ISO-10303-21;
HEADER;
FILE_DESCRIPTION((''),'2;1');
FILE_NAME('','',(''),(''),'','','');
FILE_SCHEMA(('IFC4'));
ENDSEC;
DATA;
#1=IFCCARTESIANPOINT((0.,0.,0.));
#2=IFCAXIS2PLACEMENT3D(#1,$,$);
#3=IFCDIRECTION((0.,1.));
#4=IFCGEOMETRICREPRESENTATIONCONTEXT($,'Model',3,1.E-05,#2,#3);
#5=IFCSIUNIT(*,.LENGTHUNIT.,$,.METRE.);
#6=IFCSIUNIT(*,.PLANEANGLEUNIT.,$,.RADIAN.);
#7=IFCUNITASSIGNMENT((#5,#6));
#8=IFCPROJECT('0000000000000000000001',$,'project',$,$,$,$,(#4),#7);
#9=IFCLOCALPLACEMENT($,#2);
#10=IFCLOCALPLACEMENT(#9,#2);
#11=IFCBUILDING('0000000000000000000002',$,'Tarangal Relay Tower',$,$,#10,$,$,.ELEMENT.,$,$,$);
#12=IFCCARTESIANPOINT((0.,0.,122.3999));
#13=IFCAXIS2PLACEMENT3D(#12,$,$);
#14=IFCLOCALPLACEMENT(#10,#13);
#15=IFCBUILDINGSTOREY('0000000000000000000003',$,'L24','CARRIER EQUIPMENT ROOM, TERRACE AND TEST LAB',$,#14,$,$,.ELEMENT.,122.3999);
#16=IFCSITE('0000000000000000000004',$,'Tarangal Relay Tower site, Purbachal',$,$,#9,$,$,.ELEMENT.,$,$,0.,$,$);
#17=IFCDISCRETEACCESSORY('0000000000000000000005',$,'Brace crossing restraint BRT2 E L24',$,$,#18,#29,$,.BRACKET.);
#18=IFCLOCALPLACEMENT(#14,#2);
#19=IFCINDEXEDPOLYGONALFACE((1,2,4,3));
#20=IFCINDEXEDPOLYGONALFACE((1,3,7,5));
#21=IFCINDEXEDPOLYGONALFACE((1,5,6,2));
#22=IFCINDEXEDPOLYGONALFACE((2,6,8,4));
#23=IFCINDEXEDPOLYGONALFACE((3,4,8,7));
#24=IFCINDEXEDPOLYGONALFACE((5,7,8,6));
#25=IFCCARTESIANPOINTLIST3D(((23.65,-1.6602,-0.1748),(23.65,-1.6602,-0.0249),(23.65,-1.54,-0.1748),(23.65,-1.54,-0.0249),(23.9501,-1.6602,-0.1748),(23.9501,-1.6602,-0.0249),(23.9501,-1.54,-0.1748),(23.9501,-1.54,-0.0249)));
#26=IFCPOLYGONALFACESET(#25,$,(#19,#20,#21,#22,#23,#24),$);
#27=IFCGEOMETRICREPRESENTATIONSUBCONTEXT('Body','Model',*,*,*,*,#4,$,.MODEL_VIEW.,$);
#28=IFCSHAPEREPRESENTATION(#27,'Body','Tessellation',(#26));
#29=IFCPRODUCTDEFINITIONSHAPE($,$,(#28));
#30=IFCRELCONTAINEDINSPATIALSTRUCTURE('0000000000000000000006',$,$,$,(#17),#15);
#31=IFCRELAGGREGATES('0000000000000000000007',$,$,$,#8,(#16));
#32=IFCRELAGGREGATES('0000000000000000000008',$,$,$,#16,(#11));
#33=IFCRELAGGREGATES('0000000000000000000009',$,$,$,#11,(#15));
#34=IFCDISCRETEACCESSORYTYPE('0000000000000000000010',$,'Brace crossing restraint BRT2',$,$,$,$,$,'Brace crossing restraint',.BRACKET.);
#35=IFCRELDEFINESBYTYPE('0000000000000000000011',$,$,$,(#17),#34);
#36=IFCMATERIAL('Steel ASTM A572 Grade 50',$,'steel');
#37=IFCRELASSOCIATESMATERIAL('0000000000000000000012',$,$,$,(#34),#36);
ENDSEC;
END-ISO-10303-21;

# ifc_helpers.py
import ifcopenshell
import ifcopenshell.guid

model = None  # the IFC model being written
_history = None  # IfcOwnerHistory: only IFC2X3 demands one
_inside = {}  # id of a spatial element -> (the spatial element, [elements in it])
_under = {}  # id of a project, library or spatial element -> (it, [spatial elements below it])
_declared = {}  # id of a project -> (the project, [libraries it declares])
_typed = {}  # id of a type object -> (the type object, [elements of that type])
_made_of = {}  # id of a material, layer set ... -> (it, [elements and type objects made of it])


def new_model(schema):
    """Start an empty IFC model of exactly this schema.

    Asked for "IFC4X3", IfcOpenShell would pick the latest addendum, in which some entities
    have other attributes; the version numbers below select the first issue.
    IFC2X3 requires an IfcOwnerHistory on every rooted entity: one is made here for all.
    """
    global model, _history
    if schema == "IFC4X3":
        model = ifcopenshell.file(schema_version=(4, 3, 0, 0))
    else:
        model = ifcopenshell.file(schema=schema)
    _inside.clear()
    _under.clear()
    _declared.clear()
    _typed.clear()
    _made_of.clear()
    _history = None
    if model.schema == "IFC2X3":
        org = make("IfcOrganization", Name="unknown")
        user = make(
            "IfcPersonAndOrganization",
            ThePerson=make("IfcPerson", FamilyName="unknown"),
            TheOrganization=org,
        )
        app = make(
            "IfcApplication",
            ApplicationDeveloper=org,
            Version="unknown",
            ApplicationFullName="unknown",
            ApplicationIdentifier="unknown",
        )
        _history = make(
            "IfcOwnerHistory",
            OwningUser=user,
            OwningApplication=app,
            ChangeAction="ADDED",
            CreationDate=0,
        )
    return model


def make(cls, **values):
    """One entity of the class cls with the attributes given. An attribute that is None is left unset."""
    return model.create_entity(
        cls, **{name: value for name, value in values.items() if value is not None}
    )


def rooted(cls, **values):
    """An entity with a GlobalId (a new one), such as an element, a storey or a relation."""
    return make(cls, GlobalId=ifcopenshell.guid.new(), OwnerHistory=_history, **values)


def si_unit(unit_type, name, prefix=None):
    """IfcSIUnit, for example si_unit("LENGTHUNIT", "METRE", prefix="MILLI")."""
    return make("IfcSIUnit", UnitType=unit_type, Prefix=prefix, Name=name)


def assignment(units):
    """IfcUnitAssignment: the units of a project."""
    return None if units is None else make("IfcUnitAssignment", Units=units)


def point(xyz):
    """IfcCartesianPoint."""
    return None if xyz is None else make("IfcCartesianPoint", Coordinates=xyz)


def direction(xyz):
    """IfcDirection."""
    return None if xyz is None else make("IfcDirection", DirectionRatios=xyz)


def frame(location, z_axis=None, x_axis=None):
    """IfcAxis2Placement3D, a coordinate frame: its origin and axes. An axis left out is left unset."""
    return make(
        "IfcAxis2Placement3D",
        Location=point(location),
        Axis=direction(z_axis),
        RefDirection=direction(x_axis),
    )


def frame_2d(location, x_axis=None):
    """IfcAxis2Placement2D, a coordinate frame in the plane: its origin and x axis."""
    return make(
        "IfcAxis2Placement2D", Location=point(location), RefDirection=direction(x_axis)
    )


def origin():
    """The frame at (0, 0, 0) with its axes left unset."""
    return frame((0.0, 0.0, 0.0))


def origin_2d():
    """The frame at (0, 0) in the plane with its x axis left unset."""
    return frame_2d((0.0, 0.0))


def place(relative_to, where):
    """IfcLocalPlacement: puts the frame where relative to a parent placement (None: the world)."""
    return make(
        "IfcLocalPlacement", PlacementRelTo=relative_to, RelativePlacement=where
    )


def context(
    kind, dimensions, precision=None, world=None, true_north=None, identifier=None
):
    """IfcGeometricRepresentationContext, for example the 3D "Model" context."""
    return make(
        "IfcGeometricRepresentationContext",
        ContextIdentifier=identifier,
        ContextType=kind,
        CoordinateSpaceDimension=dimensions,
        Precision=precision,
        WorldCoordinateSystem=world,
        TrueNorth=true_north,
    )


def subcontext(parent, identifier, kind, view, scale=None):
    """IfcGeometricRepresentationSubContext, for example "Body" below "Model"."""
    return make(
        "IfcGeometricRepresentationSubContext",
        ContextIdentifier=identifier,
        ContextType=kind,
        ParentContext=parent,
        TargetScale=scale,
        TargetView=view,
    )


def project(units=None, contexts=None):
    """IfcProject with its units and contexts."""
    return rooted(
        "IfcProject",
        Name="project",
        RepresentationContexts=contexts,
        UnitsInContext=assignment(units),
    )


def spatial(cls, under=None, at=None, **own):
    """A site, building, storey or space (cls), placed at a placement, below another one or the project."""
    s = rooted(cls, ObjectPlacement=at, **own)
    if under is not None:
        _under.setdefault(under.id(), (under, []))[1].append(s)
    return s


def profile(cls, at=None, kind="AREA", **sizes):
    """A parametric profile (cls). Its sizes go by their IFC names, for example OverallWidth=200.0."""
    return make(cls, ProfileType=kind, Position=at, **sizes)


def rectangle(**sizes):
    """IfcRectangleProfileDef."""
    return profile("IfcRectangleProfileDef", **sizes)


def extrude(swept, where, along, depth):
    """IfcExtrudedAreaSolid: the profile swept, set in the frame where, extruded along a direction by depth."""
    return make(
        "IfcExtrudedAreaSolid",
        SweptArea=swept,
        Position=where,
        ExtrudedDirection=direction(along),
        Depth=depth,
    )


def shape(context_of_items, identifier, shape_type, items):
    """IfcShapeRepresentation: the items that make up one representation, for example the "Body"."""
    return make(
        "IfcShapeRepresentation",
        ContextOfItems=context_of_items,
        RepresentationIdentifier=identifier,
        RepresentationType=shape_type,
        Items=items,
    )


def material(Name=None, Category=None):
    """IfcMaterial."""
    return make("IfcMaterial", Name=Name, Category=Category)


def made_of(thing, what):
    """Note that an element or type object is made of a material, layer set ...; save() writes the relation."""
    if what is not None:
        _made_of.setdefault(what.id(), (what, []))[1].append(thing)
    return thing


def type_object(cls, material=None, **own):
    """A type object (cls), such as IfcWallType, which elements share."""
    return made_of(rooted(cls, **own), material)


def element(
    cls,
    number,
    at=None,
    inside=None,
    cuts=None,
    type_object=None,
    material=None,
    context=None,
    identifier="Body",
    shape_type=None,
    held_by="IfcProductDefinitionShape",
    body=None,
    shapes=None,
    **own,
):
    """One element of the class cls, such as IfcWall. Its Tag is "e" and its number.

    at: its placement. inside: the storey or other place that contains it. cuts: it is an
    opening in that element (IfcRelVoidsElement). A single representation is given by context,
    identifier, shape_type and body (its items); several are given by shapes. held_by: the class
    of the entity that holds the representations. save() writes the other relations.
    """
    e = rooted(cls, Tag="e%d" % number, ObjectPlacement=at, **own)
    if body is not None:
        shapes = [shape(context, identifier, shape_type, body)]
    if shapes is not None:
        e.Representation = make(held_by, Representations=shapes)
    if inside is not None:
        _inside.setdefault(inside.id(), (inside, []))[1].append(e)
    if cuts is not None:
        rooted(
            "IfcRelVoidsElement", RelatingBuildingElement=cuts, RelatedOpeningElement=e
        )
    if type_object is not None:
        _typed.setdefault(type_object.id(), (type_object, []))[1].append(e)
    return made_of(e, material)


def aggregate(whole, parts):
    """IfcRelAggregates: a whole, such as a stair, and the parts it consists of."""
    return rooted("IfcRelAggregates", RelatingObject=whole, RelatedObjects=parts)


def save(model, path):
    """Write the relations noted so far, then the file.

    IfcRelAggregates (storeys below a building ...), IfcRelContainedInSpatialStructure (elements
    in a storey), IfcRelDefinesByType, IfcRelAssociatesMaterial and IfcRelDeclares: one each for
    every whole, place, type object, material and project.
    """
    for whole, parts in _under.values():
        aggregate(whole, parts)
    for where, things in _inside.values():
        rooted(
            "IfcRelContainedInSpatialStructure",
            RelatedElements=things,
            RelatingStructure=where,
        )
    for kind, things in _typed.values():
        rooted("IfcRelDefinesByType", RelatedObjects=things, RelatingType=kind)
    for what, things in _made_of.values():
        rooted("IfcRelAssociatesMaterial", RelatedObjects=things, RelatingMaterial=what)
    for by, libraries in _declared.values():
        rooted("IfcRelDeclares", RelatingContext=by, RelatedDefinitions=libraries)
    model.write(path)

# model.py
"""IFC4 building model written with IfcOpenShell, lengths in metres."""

from ifc_helpers import new_model, si_unit, direction, frame, origin, origin_2d, place, context, subcontext, project, spatial, rectangle, extrude, material, type_object, element, save


model = new_model("IFC4")

# Units and contexts
model_context = context("Model", 3, precision=1e-05, world=origin(), true_north=direction((0.0, 1.0)))
body_context = subcontext(model_context, "Body", "Model", "MODEL_VIEW")
ifc_project = project(units=[si_unit("LENGTHUNIT", "METRE"), si_unit("PLANEANGLEUNIT", "RADIAN")], contexts=[model_context])

# Site, building, storey
site_placement = place(None, origin())
site = spatial("IfcSite", under=ifc_project, at=site_placement, Name="Tarangal Relay Tower site, Purbachal", CompositionType="ELEMENT", RefElevation=0.0)
building_placement = place(site_placement, origin())
building = spatial("IfcBuilding", under=site, at=building_placement, Name="Tarangal Relay Tower", CompositionType="ELEMENT")
storey_placement = place(building_placement, frame((0.0, 0.0, 122.3999)))
storey = spatial("IfcBuildingStorey", under=building, at=storey_placement, Name="L24", Description="CARRIER EQUIPMENT ROOM, TERRACE AND TEST LAB", CompositionType="ELEMENT", Elevation=122.3999)

# Shared definitions
ifc_material_1 = material(Name="Steel ASTM A572 Grade 50", Category="steel")

# Discrete accessory
discrete_accessory_type = type_object("IfcDiscreteAccessoryType", Name="Brace crossing restraint BRT2", ElementType="Brace crossing restraint", PredefinedType="BRACKET", material=ifc_material_1)
discrete_accessory_placement = place(storey_placement, frame((23.8, -1.6001, -0.1748), z_axis=(0.0, 0.0, 1.0), x_axis=(1.0, 0.0, 0.0)))
element("IfcDiscreteAccessory", 1, at=discrete_accessory_placement, inside=storey, type_object=discrete_accessory_type, Name="Brace crossing restraint BRT2 E L24", PredefinedType="BRACKET", context=body_context, shape_type="SweptSolid", body=[
    extrude(rectangle(XDim=0.3, YDim=0.1201, at=origin_2d()), origin(), (0.0, 0.0, 1.0), 0.1499),
])

save(model, "model.ifc")
